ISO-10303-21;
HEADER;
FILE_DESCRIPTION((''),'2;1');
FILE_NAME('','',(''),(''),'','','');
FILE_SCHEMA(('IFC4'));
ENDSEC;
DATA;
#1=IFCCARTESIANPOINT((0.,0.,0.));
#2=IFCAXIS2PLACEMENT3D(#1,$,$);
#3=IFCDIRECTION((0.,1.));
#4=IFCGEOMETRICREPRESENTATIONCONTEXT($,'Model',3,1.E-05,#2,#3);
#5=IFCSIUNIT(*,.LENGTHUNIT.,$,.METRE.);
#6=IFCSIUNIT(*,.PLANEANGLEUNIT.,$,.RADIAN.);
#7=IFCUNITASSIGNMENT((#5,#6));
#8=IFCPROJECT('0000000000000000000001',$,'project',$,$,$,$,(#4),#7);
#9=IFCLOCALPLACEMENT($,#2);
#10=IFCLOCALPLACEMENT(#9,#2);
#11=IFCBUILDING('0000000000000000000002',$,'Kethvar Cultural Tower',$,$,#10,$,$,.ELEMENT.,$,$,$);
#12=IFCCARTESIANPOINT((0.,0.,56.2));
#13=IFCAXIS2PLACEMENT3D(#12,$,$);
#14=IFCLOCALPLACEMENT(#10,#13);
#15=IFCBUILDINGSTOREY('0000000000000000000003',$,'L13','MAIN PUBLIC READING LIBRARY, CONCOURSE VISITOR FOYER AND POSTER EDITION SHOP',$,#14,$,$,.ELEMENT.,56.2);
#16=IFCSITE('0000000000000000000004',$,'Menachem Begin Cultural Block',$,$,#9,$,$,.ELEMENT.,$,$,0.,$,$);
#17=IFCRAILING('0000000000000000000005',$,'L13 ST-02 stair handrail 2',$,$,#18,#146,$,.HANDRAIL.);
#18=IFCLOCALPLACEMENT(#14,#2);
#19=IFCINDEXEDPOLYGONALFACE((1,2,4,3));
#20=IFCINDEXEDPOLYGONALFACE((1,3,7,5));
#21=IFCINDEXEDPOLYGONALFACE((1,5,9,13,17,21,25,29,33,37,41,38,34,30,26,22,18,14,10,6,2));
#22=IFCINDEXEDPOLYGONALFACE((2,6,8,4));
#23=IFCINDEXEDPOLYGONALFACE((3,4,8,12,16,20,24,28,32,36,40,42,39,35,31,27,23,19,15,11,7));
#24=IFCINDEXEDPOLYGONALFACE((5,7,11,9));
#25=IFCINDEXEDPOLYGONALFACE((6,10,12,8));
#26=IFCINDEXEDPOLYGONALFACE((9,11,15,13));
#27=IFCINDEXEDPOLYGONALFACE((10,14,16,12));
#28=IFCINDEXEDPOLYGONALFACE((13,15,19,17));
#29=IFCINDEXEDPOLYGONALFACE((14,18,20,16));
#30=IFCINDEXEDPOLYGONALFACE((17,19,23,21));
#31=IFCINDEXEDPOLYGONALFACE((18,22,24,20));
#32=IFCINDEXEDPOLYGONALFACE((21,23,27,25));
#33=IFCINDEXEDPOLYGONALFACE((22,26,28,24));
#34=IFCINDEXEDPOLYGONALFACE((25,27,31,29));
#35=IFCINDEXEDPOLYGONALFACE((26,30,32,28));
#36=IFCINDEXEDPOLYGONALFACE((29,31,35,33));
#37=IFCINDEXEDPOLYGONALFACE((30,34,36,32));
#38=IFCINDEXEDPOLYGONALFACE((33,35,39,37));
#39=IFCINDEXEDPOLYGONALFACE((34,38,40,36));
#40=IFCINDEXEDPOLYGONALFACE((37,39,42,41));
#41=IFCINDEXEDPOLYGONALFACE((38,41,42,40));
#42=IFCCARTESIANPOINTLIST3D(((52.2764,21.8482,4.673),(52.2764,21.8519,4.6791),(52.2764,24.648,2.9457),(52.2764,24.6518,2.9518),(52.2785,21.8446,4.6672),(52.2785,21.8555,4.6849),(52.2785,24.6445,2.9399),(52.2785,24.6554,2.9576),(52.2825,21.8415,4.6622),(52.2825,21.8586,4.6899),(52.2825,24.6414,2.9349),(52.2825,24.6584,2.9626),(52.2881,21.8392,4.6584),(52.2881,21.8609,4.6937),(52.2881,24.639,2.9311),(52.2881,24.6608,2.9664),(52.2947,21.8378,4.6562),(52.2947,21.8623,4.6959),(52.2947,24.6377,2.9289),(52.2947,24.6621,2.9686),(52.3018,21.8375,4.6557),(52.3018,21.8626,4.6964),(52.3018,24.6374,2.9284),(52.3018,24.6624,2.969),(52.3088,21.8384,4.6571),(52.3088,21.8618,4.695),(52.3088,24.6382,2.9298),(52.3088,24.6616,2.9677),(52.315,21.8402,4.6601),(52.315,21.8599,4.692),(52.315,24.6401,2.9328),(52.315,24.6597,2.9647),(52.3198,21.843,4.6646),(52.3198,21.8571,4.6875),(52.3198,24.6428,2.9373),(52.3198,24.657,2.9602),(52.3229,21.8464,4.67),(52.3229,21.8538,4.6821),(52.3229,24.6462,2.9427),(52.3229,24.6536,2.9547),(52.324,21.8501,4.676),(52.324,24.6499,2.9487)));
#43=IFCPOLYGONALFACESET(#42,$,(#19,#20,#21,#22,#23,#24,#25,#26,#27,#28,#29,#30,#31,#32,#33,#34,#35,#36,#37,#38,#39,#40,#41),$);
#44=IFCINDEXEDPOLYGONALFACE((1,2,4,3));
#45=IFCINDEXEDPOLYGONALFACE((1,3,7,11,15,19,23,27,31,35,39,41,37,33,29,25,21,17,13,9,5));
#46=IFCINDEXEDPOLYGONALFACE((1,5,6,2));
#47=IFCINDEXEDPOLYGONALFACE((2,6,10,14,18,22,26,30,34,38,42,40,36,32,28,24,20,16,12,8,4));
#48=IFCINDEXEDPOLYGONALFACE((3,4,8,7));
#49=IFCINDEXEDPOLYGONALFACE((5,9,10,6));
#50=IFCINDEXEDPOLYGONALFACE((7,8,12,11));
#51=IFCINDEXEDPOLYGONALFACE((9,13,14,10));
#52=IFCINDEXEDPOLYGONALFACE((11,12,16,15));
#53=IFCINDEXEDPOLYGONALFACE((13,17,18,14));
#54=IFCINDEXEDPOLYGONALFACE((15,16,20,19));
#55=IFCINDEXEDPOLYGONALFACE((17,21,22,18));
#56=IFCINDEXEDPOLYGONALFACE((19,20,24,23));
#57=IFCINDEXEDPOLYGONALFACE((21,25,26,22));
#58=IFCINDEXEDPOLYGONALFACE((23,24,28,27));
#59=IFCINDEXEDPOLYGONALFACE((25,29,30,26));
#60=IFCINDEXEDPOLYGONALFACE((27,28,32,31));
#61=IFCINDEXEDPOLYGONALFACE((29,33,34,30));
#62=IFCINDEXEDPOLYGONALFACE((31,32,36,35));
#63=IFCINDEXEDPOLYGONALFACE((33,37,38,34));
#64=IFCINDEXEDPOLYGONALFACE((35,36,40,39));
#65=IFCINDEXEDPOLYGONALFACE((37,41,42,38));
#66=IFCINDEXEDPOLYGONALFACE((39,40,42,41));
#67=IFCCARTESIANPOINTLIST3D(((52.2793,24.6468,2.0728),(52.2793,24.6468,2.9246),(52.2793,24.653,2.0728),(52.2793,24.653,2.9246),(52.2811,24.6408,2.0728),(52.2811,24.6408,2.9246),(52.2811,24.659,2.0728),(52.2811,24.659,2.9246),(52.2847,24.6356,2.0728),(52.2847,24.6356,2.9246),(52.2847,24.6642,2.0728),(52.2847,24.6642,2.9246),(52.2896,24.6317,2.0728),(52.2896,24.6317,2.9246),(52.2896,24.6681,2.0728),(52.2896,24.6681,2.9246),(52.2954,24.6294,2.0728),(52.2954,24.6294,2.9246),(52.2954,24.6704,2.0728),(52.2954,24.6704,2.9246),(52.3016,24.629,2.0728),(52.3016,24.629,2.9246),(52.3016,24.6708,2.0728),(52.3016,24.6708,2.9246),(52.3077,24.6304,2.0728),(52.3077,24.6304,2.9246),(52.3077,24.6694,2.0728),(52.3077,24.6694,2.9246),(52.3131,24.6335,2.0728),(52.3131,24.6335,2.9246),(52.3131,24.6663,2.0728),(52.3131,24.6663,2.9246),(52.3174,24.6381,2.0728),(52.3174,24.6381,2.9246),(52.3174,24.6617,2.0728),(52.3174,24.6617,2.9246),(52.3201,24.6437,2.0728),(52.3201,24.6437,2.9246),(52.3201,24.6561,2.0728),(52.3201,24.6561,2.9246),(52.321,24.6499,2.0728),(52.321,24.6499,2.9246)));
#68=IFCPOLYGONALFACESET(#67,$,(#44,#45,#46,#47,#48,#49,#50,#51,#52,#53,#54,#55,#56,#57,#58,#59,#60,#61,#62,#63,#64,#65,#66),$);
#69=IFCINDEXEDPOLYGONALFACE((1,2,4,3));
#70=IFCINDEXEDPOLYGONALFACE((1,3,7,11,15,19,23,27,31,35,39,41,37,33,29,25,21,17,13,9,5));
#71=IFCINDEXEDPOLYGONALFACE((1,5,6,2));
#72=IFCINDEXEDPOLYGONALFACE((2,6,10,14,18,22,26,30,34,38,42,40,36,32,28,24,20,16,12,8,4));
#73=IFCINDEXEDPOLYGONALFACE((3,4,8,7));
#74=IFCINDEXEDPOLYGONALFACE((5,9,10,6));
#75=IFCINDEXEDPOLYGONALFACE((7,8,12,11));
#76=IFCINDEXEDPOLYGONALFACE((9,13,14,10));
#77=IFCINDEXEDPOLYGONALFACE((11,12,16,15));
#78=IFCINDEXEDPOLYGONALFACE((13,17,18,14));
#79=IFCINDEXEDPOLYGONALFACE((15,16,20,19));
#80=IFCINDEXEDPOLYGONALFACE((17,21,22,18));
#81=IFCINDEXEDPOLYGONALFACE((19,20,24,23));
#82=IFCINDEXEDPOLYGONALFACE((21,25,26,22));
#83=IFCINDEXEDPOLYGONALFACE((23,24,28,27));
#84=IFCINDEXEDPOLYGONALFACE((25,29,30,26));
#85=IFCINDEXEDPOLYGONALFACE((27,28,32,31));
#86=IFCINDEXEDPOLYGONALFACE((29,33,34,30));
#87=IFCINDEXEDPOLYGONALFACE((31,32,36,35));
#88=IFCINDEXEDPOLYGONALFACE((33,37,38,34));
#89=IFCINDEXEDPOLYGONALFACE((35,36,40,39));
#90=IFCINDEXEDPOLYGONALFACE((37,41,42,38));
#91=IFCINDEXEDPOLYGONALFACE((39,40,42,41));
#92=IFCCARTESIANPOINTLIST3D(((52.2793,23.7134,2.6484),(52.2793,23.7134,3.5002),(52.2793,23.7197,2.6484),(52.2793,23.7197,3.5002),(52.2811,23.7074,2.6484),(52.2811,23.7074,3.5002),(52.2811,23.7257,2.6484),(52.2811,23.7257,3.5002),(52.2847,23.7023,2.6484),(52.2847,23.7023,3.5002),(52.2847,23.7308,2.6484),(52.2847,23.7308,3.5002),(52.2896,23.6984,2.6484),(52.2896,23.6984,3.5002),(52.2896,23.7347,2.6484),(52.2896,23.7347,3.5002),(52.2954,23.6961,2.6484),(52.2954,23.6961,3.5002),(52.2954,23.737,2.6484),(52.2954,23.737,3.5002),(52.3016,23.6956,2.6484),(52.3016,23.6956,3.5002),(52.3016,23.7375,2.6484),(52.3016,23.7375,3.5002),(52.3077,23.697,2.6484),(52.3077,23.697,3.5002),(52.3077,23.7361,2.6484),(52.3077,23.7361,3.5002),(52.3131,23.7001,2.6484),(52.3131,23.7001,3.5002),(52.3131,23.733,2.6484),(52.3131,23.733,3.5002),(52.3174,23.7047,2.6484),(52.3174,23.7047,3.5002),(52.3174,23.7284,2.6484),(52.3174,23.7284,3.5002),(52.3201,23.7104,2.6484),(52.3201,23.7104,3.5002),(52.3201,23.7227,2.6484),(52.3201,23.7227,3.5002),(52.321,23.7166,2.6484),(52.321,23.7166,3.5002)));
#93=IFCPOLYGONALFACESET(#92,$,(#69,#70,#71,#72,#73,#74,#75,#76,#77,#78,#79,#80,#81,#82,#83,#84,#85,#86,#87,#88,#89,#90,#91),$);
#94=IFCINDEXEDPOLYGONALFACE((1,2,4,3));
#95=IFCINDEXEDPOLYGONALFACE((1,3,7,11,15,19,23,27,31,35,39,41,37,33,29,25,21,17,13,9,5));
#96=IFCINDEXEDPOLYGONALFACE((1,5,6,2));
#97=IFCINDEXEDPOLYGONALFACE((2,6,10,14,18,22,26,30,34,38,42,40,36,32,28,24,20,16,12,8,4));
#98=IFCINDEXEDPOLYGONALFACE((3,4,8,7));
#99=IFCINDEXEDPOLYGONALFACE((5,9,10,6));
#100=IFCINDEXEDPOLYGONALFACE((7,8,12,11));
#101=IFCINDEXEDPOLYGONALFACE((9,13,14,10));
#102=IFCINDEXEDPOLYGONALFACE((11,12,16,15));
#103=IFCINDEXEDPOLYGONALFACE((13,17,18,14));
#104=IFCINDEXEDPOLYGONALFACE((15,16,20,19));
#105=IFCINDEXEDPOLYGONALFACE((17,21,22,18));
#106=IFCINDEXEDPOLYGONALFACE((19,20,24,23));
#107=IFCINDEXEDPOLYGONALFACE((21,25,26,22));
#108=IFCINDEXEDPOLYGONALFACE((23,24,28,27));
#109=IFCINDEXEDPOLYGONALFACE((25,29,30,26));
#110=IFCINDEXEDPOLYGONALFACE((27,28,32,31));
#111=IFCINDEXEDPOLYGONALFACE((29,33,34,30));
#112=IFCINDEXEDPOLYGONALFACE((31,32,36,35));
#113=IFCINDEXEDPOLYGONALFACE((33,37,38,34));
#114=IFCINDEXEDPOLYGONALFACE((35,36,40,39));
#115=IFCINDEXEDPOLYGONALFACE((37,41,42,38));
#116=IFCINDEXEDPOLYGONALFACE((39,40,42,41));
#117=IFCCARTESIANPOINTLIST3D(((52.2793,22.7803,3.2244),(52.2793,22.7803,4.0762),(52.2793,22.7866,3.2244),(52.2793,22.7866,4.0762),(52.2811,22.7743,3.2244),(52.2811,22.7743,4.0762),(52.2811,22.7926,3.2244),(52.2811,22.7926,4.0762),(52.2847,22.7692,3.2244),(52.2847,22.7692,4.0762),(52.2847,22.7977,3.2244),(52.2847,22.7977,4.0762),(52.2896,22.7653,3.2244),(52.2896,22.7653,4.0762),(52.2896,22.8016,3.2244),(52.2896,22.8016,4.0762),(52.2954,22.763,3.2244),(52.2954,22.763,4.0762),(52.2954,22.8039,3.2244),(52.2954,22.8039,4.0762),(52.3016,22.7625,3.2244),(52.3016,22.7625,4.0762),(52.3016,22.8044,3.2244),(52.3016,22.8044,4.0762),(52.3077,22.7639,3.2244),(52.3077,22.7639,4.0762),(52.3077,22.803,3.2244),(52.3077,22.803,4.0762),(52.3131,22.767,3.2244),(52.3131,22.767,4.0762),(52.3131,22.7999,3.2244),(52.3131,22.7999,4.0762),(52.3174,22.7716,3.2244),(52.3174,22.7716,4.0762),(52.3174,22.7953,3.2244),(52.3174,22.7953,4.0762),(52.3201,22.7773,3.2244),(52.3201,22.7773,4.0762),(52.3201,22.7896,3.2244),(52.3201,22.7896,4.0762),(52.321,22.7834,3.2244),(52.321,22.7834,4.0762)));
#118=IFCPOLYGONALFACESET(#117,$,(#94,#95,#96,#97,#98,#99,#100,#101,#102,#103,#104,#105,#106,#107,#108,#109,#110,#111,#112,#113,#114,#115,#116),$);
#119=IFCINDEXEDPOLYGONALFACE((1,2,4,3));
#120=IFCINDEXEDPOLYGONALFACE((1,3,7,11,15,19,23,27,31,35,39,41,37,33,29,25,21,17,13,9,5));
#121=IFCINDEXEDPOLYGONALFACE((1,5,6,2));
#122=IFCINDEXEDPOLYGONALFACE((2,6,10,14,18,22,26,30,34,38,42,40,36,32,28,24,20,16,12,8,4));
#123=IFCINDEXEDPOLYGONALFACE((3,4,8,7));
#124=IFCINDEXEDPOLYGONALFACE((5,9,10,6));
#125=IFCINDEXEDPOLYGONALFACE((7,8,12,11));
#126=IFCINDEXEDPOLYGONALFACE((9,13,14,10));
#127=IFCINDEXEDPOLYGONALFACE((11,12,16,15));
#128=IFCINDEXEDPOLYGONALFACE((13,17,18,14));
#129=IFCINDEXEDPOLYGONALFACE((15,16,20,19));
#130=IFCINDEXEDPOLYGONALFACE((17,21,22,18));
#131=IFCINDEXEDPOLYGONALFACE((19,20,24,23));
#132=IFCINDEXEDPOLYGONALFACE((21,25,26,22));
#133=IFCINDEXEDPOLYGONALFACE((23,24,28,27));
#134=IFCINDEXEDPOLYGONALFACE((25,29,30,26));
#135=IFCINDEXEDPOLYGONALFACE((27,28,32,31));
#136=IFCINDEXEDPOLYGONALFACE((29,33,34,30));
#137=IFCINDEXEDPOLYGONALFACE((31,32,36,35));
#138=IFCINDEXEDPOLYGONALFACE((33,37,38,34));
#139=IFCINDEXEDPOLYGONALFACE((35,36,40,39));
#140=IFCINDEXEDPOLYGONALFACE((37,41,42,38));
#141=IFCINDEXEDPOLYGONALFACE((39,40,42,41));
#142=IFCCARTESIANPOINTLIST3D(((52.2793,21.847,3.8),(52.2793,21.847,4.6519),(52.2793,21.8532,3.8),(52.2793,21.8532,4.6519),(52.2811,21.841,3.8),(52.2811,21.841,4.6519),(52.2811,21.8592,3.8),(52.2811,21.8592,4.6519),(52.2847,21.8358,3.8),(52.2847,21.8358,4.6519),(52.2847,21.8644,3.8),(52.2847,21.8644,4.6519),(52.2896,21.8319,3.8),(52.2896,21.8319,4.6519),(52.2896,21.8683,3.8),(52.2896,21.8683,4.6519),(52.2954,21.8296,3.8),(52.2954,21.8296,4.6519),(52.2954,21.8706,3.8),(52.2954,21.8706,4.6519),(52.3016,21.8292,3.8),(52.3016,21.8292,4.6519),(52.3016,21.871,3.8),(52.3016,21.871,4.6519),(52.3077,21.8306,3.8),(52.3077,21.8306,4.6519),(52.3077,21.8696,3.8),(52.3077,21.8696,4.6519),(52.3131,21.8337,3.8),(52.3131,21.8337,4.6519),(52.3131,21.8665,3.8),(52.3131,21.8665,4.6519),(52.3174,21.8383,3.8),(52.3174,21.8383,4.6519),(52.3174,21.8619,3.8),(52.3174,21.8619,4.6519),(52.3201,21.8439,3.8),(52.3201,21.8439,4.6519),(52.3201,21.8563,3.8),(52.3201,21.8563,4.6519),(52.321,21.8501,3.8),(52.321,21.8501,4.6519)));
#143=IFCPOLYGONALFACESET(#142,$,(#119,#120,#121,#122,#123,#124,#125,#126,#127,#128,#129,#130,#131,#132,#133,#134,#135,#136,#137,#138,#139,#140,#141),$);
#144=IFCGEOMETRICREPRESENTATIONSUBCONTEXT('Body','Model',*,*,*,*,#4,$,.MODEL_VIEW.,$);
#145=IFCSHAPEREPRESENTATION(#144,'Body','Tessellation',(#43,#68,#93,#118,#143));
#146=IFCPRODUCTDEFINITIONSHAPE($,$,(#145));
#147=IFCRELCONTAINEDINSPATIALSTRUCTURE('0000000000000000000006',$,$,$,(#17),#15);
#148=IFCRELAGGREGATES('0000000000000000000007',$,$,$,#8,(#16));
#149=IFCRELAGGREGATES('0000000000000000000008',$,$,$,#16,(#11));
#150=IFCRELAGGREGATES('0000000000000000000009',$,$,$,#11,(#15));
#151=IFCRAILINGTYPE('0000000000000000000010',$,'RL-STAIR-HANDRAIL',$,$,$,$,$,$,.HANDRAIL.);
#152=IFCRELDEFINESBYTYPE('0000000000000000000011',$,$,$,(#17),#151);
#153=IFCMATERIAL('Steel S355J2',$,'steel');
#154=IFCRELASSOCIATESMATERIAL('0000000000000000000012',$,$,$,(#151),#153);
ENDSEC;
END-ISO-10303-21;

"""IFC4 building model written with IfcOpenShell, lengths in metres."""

from ifc_helpers import new_model, si_unit, direction, frame, origin, origin_2d, place, context, subcontext, project, spatial, circle, extrude, material, type_object, element, save


model = new_model("IFC4")

# Units and contexts
model_context = context("Model", 3, precision=1e-05, world=origin(), true_north=direction((0.0, 1.0)))
body_context = subcontext(model_context, "Body", "Model", "MODEL_VIEW")
ifc_project = project(units=[si_unit("LENGTHUNIT", "METRE"), si_unit("PLANEANGLEUNIT", "RADIAN")], contexts=[model_context])

# Site, building, storey
site_placement = place(None, origin())
site = spatial("IfcSite", under=ifc_project, at=site_placement, Name="Menachem Begin Cultural Block", CompositionType="ELEMENT", RefElevation=0.0)
building_placement = place(site_placement, origin())
building = spatial("IfcBuilding", under=site, at=building_placement, Name="Kethvar Cultural Tower", CompositionType="ELEMENT")
storey_placement = place(building_placement, frame((0.0, 0.0, 56.2)))
storey = spatial("IfcBuildingStorey", under=building, at=storey_placement, Name="L13", Description="MAIN PUBLIC READING LIBRARY, CONCOURSE VISITOR FOYER AND POSTER EDITION SHOP", CompositionType="ELEMENT", Elevation=56.2)

# Shared definitions
ifc_material_1 = material(Name="Steel S355J2", Category="steel")

# Railing
railing_type_1 = type_object("IfcRailingType", Name="RL-STAIR-HANDRAIL", PredefinedType="HANDRAIL", material=ifc_material_1)
railing_1_placement = place(storey_placement, frame((52.3, 24.6499, 2.0728)))
element("IfcRailing", 1, at=railing_1_placement, inside=storey, type_object=railing_type_1, Name="L13 ST-02 stair handrail 2", PredefinedType="HANDRAIL", context=body_context, shape_type="SweptSolid", body=[
    extrude(circle(Radius=0.0239, at=origin_2d()), frame((0.0, 0.0, 0.876), z_axis=(0.0, -0.851069, 0.525054), x_axis=(1.0, 0.0, 0.0)), (0.0, 0.0, 1.0), 3.2898),
    extrude(circle(Radius=0.021, at=origin_2d()), origin(), (0.0, 0.0, 1.0), 0.8518),
    extrude(circle(Radius=0.021, at=origin_2d()), frame((0.0, -0.9333, 0.5757)), (0.0, 0.0, 1.0), 0.8518),
    extrude(circle(Radius=0.021, at=origin_2d()), frame((0.0, -1.8665, 1.1516)), (0.0, 0.0, 1.0), 0.8518),
    extrude(circle(Radius=0.021, at=origin_2d()), frame((0.0, -2.7998, 1.7273)), (0.0, 0.0, 1.0), 0.8518),
])

save(model, "model.ifc")
